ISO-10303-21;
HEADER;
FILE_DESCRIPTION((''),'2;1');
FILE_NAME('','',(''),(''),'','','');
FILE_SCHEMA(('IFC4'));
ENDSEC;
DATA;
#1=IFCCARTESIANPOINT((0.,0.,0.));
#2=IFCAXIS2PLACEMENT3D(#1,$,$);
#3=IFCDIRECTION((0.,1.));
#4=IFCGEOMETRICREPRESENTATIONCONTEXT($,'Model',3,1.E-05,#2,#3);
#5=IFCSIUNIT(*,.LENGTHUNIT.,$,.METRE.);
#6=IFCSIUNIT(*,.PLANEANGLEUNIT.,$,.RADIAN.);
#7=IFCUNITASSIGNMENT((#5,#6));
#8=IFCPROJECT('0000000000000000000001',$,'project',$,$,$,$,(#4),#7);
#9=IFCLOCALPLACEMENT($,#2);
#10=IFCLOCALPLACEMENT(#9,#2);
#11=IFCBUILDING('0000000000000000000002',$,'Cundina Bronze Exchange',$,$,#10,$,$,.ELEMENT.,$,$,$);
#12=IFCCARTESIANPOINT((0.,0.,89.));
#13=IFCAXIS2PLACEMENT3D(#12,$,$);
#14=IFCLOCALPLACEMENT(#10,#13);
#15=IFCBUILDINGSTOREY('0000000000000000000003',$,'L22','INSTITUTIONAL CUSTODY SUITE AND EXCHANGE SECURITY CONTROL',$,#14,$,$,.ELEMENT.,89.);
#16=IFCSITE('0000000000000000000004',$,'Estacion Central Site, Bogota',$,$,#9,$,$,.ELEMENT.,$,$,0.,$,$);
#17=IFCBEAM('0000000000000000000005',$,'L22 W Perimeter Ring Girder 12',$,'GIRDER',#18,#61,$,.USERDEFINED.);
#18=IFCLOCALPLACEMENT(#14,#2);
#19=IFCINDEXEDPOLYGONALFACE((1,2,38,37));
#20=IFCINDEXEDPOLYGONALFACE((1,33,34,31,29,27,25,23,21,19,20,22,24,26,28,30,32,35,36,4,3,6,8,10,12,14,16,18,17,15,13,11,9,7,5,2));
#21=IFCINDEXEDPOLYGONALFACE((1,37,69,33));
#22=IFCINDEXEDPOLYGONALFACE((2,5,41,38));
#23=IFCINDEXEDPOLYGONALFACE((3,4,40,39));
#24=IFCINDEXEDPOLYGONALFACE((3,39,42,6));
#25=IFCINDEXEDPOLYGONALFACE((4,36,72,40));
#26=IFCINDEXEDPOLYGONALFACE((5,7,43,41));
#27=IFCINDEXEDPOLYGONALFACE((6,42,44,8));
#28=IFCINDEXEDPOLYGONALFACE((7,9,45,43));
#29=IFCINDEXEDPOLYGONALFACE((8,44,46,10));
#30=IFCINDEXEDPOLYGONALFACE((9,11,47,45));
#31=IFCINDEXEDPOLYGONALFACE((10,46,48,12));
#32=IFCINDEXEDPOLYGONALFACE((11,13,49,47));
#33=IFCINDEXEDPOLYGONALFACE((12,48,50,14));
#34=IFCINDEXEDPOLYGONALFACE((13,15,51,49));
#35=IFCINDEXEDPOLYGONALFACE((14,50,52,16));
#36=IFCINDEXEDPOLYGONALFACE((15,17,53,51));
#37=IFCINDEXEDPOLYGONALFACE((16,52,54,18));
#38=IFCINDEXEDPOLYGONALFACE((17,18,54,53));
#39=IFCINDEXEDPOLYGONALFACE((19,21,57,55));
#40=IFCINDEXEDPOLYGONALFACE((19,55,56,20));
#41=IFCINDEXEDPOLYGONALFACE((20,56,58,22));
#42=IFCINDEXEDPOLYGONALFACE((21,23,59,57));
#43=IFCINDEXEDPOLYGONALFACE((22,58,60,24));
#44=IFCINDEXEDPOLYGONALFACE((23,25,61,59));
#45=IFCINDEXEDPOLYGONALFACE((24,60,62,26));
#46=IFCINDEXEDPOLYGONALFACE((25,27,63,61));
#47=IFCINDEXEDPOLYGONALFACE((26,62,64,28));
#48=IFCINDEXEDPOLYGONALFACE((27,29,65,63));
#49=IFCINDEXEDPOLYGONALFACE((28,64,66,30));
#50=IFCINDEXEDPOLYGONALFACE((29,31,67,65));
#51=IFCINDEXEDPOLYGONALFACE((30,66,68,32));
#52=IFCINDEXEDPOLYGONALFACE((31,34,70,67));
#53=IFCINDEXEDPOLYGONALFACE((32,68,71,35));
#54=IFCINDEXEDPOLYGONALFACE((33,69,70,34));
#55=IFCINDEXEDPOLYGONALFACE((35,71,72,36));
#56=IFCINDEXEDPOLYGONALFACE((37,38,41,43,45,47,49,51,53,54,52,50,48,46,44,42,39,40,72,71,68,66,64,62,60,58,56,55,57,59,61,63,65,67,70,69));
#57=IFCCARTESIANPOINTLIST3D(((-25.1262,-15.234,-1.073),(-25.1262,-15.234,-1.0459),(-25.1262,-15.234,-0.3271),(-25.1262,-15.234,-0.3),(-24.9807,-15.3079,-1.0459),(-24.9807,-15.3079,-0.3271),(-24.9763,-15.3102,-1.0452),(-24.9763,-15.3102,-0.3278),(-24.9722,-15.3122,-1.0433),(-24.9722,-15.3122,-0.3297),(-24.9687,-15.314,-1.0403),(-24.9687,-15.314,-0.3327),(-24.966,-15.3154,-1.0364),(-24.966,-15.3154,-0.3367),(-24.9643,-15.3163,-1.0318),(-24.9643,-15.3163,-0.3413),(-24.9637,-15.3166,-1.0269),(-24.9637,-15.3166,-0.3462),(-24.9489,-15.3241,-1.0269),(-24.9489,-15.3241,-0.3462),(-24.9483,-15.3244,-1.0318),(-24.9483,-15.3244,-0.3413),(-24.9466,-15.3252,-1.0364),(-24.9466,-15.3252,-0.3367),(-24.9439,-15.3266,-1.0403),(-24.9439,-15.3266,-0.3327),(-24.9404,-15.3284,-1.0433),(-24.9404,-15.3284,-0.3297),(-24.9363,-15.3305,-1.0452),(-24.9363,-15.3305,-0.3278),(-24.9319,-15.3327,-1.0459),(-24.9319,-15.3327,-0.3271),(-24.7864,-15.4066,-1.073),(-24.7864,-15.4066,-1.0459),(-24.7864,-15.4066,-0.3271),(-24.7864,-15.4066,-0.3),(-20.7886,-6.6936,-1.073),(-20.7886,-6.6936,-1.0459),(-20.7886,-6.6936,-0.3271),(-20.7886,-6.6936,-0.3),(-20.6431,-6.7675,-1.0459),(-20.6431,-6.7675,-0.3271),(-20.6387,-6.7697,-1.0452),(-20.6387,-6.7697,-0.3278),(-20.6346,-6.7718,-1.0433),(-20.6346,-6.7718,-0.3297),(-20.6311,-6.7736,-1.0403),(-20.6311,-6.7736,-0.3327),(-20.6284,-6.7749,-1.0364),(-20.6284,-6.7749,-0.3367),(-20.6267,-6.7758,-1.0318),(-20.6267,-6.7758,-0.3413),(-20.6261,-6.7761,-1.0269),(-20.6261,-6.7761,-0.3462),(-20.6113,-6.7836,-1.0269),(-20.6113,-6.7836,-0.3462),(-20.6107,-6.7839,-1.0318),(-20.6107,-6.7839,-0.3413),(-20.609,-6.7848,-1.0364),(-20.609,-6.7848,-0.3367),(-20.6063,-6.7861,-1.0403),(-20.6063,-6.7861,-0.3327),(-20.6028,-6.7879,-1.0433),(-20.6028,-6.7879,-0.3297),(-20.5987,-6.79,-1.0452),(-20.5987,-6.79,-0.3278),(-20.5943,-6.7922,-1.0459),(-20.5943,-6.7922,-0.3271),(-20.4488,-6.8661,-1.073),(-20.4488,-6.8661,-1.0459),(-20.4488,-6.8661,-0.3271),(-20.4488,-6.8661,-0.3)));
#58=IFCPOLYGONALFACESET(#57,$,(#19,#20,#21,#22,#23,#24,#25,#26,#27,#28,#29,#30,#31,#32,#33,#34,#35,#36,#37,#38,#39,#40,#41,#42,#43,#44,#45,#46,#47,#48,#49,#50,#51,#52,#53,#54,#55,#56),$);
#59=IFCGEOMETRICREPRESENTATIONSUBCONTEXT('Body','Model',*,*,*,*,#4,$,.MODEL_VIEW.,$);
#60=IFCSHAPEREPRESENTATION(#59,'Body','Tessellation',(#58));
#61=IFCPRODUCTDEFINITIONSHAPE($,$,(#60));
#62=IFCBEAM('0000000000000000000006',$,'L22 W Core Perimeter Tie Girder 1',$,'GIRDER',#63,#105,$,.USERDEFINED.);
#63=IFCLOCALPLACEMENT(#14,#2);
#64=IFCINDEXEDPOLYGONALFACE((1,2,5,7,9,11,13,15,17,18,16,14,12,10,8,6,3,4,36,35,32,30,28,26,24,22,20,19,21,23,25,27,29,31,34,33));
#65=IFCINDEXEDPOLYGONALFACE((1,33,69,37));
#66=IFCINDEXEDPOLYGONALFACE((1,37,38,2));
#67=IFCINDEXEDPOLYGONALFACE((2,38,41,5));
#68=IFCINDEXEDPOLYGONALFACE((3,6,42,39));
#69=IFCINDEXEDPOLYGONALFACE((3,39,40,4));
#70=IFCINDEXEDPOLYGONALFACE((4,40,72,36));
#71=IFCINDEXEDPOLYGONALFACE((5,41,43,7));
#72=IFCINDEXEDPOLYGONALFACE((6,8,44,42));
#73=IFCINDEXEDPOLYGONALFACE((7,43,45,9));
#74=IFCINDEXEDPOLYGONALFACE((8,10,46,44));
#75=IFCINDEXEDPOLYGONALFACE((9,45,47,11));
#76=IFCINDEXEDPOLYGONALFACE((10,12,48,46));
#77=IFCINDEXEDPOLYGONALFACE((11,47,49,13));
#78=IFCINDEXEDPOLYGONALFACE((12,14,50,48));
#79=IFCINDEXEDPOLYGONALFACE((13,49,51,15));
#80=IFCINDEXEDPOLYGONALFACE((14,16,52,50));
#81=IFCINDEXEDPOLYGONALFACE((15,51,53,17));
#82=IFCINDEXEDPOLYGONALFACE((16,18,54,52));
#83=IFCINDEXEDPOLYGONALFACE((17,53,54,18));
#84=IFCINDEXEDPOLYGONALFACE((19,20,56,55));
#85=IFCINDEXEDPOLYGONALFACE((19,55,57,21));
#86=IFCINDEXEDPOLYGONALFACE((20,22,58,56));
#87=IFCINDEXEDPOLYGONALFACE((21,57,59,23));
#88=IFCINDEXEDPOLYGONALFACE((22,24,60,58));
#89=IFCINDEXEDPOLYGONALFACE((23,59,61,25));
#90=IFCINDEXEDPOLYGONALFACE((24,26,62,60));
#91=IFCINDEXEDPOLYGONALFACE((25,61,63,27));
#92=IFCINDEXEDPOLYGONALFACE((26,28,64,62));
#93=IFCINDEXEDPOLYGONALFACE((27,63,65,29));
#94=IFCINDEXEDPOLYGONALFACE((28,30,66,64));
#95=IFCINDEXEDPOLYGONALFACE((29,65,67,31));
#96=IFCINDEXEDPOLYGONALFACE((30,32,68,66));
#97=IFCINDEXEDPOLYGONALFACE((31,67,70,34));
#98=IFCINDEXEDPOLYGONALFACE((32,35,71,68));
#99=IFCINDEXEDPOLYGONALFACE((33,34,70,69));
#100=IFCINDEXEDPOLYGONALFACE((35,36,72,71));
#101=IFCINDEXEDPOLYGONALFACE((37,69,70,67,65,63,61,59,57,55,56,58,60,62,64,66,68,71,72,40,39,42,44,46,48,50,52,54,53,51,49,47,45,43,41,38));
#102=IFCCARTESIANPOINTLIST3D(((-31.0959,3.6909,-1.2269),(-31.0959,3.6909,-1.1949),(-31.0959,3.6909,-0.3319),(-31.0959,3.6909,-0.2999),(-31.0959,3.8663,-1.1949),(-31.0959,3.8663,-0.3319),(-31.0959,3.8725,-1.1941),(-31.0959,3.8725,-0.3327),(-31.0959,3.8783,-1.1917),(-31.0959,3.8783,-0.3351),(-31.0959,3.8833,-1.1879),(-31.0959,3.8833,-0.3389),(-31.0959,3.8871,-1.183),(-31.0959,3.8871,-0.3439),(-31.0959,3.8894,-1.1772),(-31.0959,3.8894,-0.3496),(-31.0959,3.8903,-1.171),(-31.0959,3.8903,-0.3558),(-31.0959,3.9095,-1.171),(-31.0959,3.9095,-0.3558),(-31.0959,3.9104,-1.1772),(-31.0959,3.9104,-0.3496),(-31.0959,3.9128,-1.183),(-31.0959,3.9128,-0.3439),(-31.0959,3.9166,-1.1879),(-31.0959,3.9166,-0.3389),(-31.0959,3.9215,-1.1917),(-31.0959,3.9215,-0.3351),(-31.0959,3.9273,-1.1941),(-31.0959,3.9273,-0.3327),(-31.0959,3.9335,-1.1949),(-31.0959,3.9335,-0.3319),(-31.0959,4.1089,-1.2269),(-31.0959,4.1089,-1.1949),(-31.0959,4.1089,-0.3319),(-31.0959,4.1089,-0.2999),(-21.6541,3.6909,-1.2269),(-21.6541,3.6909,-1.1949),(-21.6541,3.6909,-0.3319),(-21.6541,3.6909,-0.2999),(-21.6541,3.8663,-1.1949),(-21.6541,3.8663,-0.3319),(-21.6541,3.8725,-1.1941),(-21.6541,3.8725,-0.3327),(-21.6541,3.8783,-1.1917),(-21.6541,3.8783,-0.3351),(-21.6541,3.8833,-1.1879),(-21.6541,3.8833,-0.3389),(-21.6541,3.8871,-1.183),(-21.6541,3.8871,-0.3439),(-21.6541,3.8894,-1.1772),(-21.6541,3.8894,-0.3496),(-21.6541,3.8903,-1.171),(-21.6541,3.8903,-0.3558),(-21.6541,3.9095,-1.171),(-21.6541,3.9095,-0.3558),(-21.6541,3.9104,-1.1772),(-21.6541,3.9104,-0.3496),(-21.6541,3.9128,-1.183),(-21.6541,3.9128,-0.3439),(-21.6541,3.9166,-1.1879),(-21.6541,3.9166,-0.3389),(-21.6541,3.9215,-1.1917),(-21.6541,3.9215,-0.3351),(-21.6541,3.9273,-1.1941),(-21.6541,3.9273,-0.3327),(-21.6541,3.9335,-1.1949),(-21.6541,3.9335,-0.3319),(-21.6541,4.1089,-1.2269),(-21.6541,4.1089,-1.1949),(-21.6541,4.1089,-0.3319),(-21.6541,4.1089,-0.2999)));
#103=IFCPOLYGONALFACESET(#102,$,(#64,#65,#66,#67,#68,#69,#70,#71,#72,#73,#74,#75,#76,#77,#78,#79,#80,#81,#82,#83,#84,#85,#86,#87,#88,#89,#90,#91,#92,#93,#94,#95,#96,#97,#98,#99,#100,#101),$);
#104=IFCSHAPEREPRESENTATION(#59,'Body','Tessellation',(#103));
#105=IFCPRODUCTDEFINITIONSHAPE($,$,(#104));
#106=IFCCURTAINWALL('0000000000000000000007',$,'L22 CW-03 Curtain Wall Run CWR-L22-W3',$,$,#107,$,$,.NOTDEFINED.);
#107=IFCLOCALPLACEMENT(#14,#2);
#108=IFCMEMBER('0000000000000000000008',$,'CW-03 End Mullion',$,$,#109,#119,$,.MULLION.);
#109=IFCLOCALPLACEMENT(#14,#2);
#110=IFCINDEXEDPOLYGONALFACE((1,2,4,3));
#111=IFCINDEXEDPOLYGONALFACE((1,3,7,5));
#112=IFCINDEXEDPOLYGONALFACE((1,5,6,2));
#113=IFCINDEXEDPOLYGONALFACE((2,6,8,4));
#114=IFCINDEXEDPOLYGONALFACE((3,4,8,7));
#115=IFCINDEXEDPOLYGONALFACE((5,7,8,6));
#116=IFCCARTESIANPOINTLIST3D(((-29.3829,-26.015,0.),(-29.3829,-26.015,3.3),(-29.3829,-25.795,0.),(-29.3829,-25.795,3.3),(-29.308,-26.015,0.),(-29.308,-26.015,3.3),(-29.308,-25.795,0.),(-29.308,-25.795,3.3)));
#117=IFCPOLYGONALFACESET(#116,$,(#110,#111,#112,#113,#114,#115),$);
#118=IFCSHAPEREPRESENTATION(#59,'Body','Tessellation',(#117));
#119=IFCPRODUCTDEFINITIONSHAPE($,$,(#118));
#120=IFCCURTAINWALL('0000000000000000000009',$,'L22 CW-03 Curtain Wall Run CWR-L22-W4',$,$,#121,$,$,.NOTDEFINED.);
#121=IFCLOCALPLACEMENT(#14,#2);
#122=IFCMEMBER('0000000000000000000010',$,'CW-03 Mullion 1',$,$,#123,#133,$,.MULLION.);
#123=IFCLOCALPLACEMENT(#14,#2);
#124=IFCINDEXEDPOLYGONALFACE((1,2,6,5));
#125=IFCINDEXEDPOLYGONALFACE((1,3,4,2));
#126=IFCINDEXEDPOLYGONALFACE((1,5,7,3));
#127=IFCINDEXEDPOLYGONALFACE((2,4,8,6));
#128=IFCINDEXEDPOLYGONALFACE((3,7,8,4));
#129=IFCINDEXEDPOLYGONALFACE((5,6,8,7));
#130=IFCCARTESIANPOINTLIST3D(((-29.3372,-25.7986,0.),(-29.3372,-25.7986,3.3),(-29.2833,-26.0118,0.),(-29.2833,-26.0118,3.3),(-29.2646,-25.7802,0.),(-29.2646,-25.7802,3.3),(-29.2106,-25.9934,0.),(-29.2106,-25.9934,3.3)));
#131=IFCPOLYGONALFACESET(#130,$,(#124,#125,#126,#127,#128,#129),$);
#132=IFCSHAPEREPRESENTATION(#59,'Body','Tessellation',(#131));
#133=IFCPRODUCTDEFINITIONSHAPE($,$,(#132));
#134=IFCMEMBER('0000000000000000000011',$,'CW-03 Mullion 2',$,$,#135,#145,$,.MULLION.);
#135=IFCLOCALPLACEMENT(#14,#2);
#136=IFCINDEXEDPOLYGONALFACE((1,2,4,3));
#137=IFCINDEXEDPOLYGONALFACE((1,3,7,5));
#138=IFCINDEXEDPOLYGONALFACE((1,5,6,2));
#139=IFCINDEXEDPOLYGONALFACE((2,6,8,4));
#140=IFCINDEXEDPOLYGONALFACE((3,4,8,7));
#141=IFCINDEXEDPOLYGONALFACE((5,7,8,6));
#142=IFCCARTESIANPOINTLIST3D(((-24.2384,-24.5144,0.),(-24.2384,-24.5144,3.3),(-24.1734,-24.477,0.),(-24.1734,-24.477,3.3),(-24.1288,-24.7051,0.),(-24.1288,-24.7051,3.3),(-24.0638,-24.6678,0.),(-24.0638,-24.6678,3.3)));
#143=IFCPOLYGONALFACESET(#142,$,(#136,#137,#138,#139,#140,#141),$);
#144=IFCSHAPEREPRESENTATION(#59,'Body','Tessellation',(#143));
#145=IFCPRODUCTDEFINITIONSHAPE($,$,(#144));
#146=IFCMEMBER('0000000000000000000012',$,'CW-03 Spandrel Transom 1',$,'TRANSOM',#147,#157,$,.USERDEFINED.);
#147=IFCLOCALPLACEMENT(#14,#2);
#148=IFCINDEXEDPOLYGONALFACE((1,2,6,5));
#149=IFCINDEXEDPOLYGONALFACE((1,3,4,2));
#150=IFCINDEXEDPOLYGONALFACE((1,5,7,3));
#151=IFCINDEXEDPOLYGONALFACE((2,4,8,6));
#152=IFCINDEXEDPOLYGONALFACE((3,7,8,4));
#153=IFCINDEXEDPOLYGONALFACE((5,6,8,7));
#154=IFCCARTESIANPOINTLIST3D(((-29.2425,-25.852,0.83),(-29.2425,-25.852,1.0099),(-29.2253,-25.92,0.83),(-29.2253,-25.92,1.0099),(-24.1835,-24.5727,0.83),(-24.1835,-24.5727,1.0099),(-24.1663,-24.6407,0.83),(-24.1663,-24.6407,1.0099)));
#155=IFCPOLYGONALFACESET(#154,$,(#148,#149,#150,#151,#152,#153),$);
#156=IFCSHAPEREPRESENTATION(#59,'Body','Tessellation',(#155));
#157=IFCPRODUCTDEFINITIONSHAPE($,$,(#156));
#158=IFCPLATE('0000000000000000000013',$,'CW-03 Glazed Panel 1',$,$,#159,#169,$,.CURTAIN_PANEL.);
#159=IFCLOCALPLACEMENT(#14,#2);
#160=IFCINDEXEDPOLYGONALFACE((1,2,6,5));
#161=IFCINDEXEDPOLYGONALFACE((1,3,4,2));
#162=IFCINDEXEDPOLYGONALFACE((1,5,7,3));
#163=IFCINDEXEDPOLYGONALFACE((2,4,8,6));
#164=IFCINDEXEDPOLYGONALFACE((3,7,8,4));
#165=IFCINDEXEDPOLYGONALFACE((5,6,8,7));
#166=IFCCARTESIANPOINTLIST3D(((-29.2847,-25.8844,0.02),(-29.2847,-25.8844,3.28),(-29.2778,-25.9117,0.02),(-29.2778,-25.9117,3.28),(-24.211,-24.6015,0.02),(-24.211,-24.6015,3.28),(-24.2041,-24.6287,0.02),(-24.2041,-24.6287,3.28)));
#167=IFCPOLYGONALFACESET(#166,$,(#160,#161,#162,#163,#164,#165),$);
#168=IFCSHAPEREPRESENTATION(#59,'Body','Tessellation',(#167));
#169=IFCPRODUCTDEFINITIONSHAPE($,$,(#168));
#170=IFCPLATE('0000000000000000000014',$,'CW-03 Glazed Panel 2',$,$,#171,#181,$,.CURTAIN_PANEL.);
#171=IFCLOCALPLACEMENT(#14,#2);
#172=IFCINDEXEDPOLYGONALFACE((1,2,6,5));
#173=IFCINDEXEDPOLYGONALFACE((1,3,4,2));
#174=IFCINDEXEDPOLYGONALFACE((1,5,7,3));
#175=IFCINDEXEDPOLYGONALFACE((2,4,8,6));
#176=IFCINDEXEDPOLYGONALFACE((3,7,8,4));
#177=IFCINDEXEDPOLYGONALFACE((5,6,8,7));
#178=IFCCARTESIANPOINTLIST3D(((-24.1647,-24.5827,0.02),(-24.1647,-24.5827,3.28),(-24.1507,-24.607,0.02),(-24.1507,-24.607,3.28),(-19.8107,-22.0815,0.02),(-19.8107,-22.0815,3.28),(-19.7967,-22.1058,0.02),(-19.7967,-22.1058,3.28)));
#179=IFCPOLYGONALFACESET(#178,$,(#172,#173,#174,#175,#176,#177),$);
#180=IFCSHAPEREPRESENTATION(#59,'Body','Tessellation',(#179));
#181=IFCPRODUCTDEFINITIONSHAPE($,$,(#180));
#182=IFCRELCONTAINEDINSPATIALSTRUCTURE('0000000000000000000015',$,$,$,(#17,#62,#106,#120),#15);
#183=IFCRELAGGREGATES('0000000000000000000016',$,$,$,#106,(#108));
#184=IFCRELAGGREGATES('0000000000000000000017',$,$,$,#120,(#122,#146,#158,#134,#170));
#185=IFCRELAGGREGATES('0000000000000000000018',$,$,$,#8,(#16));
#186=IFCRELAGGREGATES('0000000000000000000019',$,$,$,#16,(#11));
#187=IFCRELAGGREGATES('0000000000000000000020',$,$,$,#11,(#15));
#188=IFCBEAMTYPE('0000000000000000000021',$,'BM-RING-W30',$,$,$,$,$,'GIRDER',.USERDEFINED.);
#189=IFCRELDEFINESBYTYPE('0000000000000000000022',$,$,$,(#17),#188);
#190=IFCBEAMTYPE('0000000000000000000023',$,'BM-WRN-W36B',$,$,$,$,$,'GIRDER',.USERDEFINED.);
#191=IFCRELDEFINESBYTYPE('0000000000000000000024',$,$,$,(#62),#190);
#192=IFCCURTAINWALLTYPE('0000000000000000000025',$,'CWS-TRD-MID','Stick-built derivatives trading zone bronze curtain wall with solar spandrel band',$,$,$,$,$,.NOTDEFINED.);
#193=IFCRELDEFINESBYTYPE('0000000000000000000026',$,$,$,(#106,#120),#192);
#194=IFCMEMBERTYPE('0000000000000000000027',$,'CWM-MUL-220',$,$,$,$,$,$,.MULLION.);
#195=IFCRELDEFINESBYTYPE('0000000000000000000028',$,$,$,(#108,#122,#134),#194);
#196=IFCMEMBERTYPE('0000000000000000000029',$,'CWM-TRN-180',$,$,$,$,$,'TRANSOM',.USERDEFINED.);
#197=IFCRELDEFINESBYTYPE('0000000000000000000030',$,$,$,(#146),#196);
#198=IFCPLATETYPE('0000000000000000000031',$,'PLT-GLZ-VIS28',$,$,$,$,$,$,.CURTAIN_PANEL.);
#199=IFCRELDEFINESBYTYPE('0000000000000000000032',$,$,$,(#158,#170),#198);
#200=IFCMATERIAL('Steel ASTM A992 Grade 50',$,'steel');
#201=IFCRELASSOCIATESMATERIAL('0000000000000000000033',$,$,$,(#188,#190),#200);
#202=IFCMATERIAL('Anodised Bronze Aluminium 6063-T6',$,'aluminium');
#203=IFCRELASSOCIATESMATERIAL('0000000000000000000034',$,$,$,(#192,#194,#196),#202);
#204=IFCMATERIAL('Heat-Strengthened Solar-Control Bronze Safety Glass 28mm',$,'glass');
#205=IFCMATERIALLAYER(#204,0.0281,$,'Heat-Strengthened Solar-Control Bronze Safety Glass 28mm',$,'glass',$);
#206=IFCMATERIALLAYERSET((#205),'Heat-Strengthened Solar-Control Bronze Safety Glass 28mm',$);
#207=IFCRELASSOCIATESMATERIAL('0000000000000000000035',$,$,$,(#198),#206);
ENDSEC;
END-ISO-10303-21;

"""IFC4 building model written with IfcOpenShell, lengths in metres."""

from ifc_helpers import new_model, si_unit, direction, frame, origin, origin_2d, place, context, subcontext, project, spatial, rectangle, i_section, extrude, material, layer, layer_set, material_profile, profile_set, type_object, element, aggregate, save


model = new_model("IFC4")

# Units and contexts
model_context = context("Model", 3, precision=1e-05, world=origin(), true_north=direction((0.0, 1.0)))
body_context = subcontext(model_context, "Body", "Model", "MODEL_VIEW")
ifc_project = project(units=[si_unit("LENGTHUNIT", "METRE"), si_unit("PLANEANGLEUNIT", "RADIAN")], contexts=[model_context])

# Site, building, storey
site_placement = place(None, origin())
site = spatial("IfcSite", under=ifc_project, at=site_placement, Name="Estacion Central Site, Bogota", CompositionType="ELEMENT", RefElevation=0.0)
building_placement = place(site_placement, origin())
building = spatial("IfcBuilding", under=site, at=building_placement, Name="Cundina Bronze Exchange", CompositionType="ELEMENT")
storey_placement = place(building_placement, frame((0.0, 0.0, 89.0)))
storey = spatial("IfcBuildingStorey", under=building, at=storey_placement, Name="L22", Description="INSTITUTIONAL CUSTODY SUITE AND EXCHANGE SECURITY CONTROL", CompositionType="ELEMENT", Elevation=89.0)

# Shared definitions
ifc_material_1 = material(Name="Steel ASTM A992 Grade 50", Category="steel")

# Beams
ifc_material_profile_1 = material_profile(ifc_material_1, i_section(OverallWidth=0.3811, OverallDepth=0.7729, WebThickness=0.0166, FlangeThickness=0.0271, FilletRadius=0.019, at=origin_2d()), Name="W30X173", Category="steel")
ifc_profile_set_1 = profile_set([ifc_material_profile_1], Name="Steel ASTM A992 Grade 50")
beam_type_1 = type_object("IfcBeamType", Name="BM-RING-W30", ElementType="GIRDER", PredefinedType="USERDEFINED", material=ifc_profile_set_1)
beam_1_placement = place(storey_placement, frame((-24.9563, -15.3203, -0.6865), z_axis=(0.452832, 0.891596, 0.0), x_axis=(-0.891596, 0.452832, 0.0)))
element("IfcBeam", 1, at=beam_1_placement, inside=storey, type_object=beam_type_1, Name="L22 W Perimeter Ring Girder 12", ObjectType="GIRDER", PredefinedType="USERDEFINED", context=body_context, shape_type="SweptSolid", body=[
    extrude(i_section(OverallWidth=0.3811, OverallDepth=0.7729, WebThickness=0.0166, FlangeThickness=0.0271, FilletRadius=0.019, at=origin_2d()), origin(), (0.0, 0.0, 1.0), 9.5789),
])
ifc_material_profile_2 = material_profile(ifc_material_1, i_section(OverallWidth=0.418, OverallDepth=0.927, WebThickness=0.0193, FlangeThickness=0.032, FilletRadius=0.0239, at=origin_2d()), Name="W36X231", Category="steel")
ifc_profile_set_2 = profile_set([ifc_material_profile_2], Name="Steel ASTM A992 Grade 50")
beam_type_2 = type_object("IfcBeamType", Name="BM-WRN-W36B", ElementType="GIRDER", PredefinedType="USERDEFINED", material=ifc_profile_set_2)
beam_2_placement = place(storey_placement, frame((-31.0959, 3.8999, -0.7634), z_axis=(1.0, 0.0, 0.0), x_axis=(0.0, 1.0, 0.0)))
element("IfcBeam", 2, at=beam_2_placement, inside=storey, type_object=beam_type_2, Name="L22 W Core Perimeter Tie Girder 1", ObjectType="GIRDER", PredefinedType="USERDEFINED", context=body_context, shape_type="SweptSolid", body=[
    extrude(i_section(OverallWidth=0.418, OverallDepth=0.927, WebThickness=0.0193, FlangeThickness=0.032, FilletRadius=0.0239, at=origin_2d()), origin(), (0.0, 0.0, 1.0), 9.4419),
])

# Curtain wall, member
ifc_material_2 = material(Name="Anodised Bronze Aluminium 6063-T6", Category="aluminium")
curtain_wall_type = type_object("IfcCurtainWallType", Name="CWS-TRD-MID", Description="Stick-built derivatives trading zone bronze curtain wall with solar spandrel band", PredefinedType="NOTDEFINED", material=ifc_material_2)
curtain_wall_1_placement = place(storey_placement, origin())
curtain_wall_1 = element("IfcCurtainWall", 3, at=curtain_wall_1_placement, inside=storey, type_object=curtain_wall_type, Name="L22 CW-03 Curtain Wall Run CWR-L22-W3", PredefinedType="NOTDEFINED")
ifc_material_profile_3 = material_profile(ifc_material_2, rectangle(XDim=0.075, YDim=0.22, at=origin_2d()), Name="AL75X220", Category="aluminium")
ifc_profile_set_3 = profile_set([ifc_material_profile_3], Name="Anodised Bronze Aluminium 6063-T6")
member_type_1 = type_object("IfcMemberType", Name="CWM-MUL-220", PredefinedType="MULLION", material=ifc_profile_set_3)
member_1_placement = place(storey_placement, frame((-29.3455, -25.905, 0.0), z_axis=(0.0, 0.0, 1.0), x_axis=(1.0, 0.0, 0.0)))
member_1 = element("IfcMember", 4, at=member_1_placement, type_object=member_type_1, Name="CW-03 End Mullion", PredefinedType="MULLION", context=body_context, shape_type="SweptSolid", body=[
    extrude(rectangle(XDim=0.075, YDim=0.22, at=origin_2d()), origin(), (0.0, 0.0, 1.0), 3.3),
])
aggregate(curtain_wall_1, [member_1])

# Curtain wall, members, plates
curtain_wall_2_placement = place(storey_placement, origin())
curtain_wall_2 = element("IfcCurtainWall", 5, at=curtain_wall_2_placement, inside=storey, type_object=curtain_wall_type, Name="L22 CW-03 Curtain Wall Run CWR-L22-W4", PredefinedType="NOTDEFINED")
member_2_placement = place(storey_placement, frame((-29.2739, -25.896, 0.0), z_axis=(0.0, 0.0, 1.0), x_axis=(0.969488, 0.245138, 0.0)))
member_2 = element("IfcMember", 6, at=member_2_placement, type_object=member_type_1, Name="CW-03 Mullion 1", PredefinedType="MULLION", context=body_context, shape_type="SweptSolid", body=[
    extrude(rectangle(XDim=0.075, YDim=0.22, at=origin_2d()), origin(), (0.0, 0.0, 1.0), 3.3),
])
member_3_placement = place(storey_placement, frame((-24.1511, -24.5911, 0.0), z_axis=(0.0, 0.0, 1.0), x_axis=(0.867071, 0.498185, 0.0)))
member_3 = element("IfcMember", 7, at=member_3_placement, type_object=member_type_1, Name="CW-03 Mullion 2", PredefinedType="MULLION", context=body_context, shape_type="SweptSolid", body=[
    extrude(rectangle(XDim=0.075, YDim=0.22, at=origin_2d()), origin(), (0.0, 0.0, 1.0), 3.3),
])
ifc_material_profile_4 = material_profile(ifc_material_2, rectangle(XDim=0.0701, YDim=0.1799, at=origin_2d()), Name="AL70X180", Category="aluminium")
ifc_profile_set_4 = profile_set([ifc_material_profile_4], Name="Anodised Bronze Aluminium 6063-T6")
member_type_2 = type_object("IfcMemberType", Name="CWM-TRN-180", ElementType="TRANSOM", PredefinedType="USERDEFINED", material=ifc_profile_set_4)
member_4_placement = place(storey_placement, frame((-29.2339, -25.886, 0.9199), z_axis=(0.969484, 0.245155, 0.0), x_axis=(-0.245155, 0.969484, 0.0)))
member_4 = element("IfcMember", 8, at=member_4_placement, type_object=member_type_2, Name="CW-03 Spandrel Transom 1", ObjectType="TRANSOM", PredefinedType="USERDEFINED", context=body_context, shape_type="SweptSolid", body=[
    extrude(rectangle(XDim=0.0701, YDim=0.1799, at=origin_2d()), origin(), (0.0, 0.0, 1.0), 5.2183),
])
ifc_material_3 = material(Name="Heat-Strengthened Solar-Control Bronze Safety Glass 28mm", Category="glass")
ifc_layer_1 = layer(ifc_material_3, 0.0281, Name="Heat-Strengthened Solar-Control Bronze Safety Glass 28mm", Category="glass")
ifc_layer_set_1 = layer_set([ifc_layer_1], Name="Heat-Strengthened Solar-Control Bronze Safety Glass 28mm")
plate_type = type_object("IfcPlateType", Name="PLT-GLZ-VIS28", PredefinedType="CURTAIN_PANEL", material=ifc_layer_set_1)
plate_1_placement = place(storey_placement, frame((-26.7444, -25.2566, 0.02), z_axis=(0.0, 0.0, 1.0), x_axis=(0.969488, 0.245138, 0.0)))
plate_1 = element("IfcPlate", 9, at=plate_1_placement, type_object=plate_type, Name="CW-03 Glazed Panel 1", PredefinedType="CURTAIN_PANEL", context=body_context, shape_type="SweptSolid", body=[
    extrude(rectangle(XDim=5.2334, YDim=0.0281, at=origin_2d()), origin(), (0.0, 0.0, 1.0), 3.26),
])
plate_2_placement = place(storey_placement, frame((-21.9807, -23.3442, 0.02), z_axis=(0.0, 0.0, 1.0), x_axis=(0.867105, 0.498125, 0.0)))
plate_2 = element("IfcPlate", 10, at=plate_2_placement, type_object=plate_type, Name="CW-03 Glazed Panel 2", PredefinedType="CURTAIN_PANEL", context=body_context, shape_type="SweptSolid", body=[
    extrude(rectangle(XDim=5.0212, YDim=0.0281, at=origin_2d()), origin(), (0.0, 0.0, 1.0), 3.26),
])
aggregate(curtain_wall_2, [member_2, member_4, plate_1, member_3, plate_2])

save(model, "model.ifc")
